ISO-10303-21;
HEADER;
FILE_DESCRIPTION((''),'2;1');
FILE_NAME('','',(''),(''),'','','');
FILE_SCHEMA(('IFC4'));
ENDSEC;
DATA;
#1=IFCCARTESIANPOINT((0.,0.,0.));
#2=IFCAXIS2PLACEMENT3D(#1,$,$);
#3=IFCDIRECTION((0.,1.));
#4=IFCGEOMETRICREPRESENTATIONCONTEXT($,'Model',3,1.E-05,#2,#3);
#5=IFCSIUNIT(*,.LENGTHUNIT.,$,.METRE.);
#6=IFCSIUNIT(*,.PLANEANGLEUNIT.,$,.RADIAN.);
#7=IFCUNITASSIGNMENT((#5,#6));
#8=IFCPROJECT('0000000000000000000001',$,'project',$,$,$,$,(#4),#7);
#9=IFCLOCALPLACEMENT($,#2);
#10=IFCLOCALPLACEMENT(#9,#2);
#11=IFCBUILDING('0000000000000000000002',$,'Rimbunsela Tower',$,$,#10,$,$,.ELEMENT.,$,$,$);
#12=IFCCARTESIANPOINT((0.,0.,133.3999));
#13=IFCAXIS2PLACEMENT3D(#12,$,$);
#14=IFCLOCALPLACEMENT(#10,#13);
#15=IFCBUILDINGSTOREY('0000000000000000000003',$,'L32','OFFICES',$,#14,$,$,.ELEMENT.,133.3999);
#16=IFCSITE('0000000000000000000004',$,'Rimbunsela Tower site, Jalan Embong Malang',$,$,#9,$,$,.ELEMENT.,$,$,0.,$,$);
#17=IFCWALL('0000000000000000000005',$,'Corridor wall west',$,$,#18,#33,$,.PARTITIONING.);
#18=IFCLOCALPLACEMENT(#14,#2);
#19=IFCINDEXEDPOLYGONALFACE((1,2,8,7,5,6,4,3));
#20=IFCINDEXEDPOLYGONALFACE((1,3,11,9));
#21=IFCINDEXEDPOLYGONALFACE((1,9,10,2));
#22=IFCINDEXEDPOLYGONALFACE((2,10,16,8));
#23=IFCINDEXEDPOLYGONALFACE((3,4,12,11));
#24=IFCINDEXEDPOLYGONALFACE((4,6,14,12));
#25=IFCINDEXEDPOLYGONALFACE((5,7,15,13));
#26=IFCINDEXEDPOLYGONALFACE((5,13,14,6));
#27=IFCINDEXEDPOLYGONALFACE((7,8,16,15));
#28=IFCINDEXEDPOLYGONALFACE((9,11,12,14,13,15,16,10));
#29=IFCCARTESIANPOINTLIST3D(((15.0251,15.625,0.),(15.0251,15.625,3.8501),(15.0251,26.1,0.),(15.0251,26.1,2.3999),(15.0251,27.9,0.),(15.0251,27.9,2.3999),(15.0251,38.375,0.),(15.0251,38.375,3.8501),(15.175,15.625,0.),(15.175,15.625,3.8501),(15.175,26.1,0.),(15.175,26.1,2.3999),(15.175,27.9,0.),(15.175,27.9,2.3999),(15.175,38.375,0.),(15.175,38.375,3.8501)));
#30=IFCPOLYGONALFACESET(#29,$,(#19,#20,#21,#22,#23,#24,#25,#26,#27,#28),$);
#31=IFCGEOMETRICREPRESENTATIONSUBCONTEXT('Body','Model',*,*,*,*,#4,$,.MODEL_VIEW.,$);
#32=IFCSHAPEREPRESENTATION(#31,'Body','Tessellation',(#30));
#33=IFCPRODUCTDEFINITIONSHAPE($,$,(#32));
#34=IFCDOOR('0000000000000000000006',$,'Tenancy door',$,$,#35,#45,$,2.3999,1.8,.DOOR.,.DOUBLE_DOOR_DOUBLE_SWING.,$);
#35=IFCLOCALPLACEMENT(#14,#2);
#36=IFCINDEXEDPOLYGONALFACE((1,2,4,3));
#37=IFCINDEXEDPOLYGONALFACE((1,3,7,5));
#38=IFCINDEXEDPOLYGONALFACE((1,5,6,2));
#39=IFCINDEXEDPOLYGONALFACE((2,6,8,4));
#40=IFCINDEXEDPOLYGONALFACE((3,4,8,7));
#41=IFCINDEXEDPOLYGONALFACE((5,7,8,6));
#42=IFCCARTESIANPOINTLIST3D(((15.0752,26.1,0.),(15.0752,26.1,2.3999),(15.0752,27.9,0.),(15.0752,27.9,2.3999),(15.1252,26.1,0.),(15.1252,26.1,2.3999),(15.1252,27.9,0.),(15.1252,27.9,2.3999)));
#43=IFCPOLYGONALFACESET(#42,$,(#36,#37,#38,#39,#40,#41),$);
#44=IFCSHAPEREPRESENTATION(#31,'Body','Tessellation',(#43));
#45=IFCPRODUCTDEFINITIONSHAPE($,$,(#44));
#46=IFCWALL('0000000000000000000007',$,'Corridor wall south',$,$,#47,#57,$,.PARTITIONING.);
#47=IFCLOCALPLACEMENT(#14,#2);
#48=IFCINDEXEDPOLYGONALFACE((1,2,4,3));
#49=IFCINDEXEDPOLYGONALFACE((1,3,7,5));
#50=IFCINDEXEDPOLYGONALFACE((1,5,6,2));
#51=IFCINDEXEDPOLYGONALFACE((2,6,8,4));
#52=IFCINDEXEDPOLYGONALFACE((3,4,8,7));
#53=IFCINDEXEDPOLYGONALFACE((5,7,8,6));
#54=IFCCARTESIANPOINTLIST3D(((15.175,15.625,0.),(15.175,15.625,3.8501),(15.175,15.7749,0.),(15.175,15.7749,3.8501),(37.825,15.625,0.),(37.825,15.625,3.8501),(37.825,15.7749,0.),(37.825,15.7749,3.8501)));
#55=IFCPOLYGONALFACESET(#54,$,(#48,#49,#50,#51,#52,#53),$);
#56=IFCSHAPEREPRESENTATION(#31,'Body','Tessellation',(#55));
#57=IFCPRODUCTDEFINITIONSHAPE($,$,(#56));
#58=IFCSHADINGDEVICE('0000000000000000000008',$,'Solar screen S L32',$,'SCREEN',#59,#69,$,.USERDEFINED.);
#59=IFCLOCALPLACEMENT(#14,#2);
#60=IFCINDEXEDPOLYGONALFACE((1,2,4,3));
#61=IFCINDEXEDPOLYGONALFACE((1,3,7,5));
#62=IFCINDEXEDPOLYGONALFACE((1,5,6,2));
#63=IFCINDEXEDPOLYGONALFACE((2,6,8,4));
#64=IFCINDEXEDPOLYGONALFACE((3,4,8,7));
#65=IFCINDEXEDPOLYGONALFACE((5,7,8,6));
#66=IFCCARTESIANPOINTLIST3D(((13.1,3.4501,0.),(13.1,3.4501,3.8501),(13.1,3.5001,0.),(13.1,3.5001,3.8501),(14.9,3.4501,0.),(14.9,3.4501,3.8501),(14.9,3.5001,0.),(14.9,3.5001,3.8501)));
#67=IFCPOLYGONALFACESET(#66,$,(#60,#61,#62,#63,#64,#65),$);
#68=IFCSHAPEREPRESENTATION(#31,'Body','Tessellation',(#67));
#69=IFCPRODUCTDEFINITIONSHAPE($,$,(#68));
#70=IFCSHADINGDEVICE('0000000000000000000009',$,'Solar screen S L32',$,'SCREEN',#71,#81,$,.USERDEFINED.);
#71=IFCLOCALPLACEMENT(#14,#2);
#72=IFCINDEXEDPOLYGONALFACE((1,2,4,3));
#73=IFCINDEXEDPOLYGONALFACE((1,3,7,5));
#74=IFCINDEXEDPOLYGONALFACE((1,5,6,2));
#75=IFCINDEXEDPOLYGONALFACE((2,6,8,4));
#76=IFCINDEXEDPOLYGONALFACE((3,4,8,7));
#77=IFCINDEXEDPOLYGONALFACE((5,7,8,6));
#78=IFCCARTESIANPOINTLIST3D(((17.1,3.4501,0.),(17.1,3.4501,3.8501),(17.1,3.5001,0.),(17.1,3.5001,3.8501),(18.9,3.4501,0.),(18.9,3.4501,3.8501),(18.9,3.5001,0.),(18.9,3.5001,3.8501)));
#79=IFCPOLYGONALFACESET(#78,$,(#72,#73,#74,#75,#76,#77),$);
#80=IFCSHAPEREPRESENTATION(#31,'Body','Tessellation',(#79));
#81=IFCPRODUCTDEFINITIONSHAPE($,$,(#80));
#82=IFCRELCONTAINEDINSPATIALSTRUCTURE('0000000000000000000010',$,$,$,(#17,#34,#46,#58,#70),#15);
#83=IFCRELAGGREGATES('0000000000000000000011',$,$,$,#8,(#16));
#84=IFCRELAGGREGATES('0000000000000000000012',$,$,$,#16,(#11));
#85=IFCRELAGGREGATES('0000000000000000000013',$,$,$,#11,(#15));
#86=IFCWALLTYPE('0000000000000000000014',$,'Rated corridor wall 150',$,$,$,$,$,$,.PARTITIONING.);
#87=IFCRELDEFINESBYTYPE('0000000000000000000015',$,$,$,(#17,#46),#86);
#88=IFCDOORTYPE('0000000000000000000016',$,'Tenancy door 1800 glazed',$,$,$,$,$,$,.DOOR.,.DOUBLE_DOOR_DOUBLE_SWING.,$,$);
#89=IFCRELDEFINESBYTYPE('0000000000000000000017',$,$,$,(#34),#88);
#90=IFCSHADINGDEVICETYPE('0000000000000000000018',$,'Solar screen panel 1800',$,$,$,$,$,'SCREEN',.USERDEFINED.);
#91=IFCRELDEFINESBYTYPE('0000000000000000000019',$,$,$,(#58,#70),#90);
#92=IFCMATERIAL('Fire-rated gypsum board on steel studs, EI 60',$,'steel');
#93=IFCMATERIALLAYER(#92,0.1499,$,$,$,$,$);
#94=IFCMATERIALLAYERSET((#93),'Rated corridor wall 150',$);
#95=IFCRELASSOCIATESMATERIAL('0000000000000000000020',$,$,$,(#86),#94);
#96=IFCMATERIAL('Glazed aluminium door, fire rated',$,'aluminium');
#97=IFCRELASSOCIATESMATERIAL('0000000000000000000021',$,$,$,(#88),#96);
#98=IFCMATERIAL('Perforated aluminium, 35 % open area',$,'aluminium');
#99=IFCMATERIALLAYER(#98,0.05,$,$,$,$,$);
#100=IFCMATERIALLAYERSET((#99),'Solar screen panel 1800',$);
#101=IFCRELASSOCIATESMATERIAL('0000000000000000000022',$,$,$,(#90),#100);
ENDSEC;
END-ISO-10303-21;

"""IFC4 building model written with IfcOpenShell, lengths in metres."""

from ifc_helpers import new_model, si_unit, direction, frame, frame_2d, origin, origin_2d, place, context, subcontext, project, spatial, rectangle, extrude, material, layer, layer_set, type_object, element, fill, save


model = new_model("IFC4")

# Units and contexts
model_context = context("Model", 3, precision=1e-05, world=origin(), true_north=direction((0.0, 1.0)))
body_context = subcontext(model_context, "Body", "Model", "MODEL_VIEW")
ifc_project = project(units=[si_unit("LENGTHUNIT", "METRE"), si_unit("PLANEANGLEUNIT", "RADIAN")], contexts=[model_context])

# Site, building, storey
site_placement = place(None, origin())
site = spatial("IfcSite", under=ifc_project, at=site_placement, Name="Rimbunsela Tower site, Jalan Embong Malang", CompositionType="ELEMENT", RefElevation=0.0)
building_placement = place(site_placement, origin())
building = spatial("IfcBuilding", under=site, at=building_placement, Name="Rimbunsela Tower", CompositionType="ELEMENT")
storey_placement = place(building_placement, frame((0.0, 0.0, 133.3999)))
storey = spatial("IfcBuildingStorey", under=building, at=storey_placement, Name="L32", Description="OFFICES", CompositionType="ELEMENT", Elevation=133.3999)

# Wall, opening, door
ifc_material_1 = material(Name="Fire-rated gypsum board on steel studs, EI 60", Category="steel")
ifc_layer_1 = layer(ifc_material_1, 0.1499)
ifc_layer_set_1 = layer_set([ifc_layer_1], Name="Rated corridor wall 150")
wall_type_1 = type_object("IfcWallType", Name="Rated corridor wall 150", PredefinedType="PARTITIONING", material=ifc_layer_set_1)
wall_1_placement = place(storey_placement, frame((15.1001, 15.625, 0.0), z_axis=(0.0, 0.0, 1.0), x_axis=(0.0, 1.0, 0.0)))
wall_1 = element("IfcWall", 1, at=wall_1_placement, inside=storey, type_object=wall_type_1, Name="Corridor wall west", PredefinedType="PARTITIONING", context=body_context, shape_type="SweptSolid", body=[
    extrude(rectangle(XDim=22.75, YDim=0.1499, at=frame_2d((11.375, 0.0))), origin(), (0.0, 0.0, 1.0), 3.8501),
])
opening_1_placement = place(wall_1_placement, frame((10.4751, 0.0, 0.0)))
opening_1 = element("IfcOpeningElement", 2, at=opening_1_placement, cuts=wall_1, PredefinedType="OPENING", context=body_context, shape_type="SweptSolid", body=[
    extrude(rectangle(XDim=1.8, YDim=2.3999, at=frame_2d((0.8999, 1.2))), frame((0.0, 0.085, 0.0), z_axis=(0.0, -1.0, 0.0), x_axis=(1.0, 0.0, 0.0)), (0.0, 0.0, 1.0), 0.1699),
])
ifc_material_2 = material(Name="Glazed aluminium door, fire rated", Category="aluminium")
door_type_1 = type_object("IfcDoorType", Name="Tenancy door 1800 glazed", OperationType="DOUBLE_DOOR_DOUBLE_SWING", PredefinedType="DOOR", material=ifc_material_2)
door_1_placement = place(opening_1_placement, origin())
door_1 = element("IfcDoor", 3, at=door_1_placement, inside=storey, type_object=door_type_1, Name="Tenancy door", OperationType="DOUBLE_DOOR_DOUBLE_SWING", OverallHeight=2.3999, OverallWidth=1.8, PredefinedType="DOOR", context=body_context, shape_type="SweptSolid", body=[
    extrude(rectangle(XDim=1.8, YDim=2.3999, at=frame_2d((0.8999, 1.2))), frame((0.0, 0.0249, 0.0), z_axis=(0.0, -1.0, 0.0), x_axis=(1.0, 0.0, 0.0)), (0.0, 0.0, 1.0), 0.05),
])
fill(opening_1, door_1)

# Wall
wall_2_placement = place(storey_placement, frame((15.175, 15.7, 0.0), z_axis=(0.0, 0.0, 1.0), x_axis=(1.0, 0.0, 0.0)))
element("IfcWall", 4, at=wall_2_placement, inside=storey, type_object=wall_type_1, Name="Corridor wall south", PredefinedType="PARTITIONING", context=body_context, shape_type="SweptSolid", body=[
    extrude(rectangle(XDim=22.6499, YDim=0.1499, at=frame_2d((11.325, 0.0))), origin(), (0.0, 0.0, 1.0), 3.8501),
])

# Shading devices
ifc_material_3 = material(Name="Perforated aluminium, 35 % open area", Category="aluminium")
ifc_layer_2 = layer(ifc_material_3, 0.05)
ifc_layer_set_2 = layer_set([ifc_layer_2], Name="Solar screen panel 1800")
shading_device_type = type_object("IfcShadingDeviceType", Name="Solar screen panel 1800", ElementType="SCREEN", PredefinedType="USERDEFINED", material=ifc_layer_set_2)
for number, where, z_axis, x_axis, name in (
    (5, (14.0, 3.4751, 0.0), (0.0, 0.0, 1.0), (1.0, 0.0, 0.0), "Solar screen S L32"),
    (6, (18.0, 3.4751, 0.0), (0.0, 0.0, 1.0), (1.0, 0.0, 0.0), "Solar screen S L32"),
):
    element("IfcShadingDevice", number, at=place(storey_placement, frame(where, z_axis=z_axis, x_axis=x_axis)), inside=storey, type_object=shading_device_type, Name=name, ObjectType="SCREEN", PredefinedType="USERDEFINED", context=body_context, shape_type="SweptSolid", body=[
        extrude(rectangle(XDim=1.8, YDim=0.05, at=origin_2d()), origin(), (0.0, 0.0, 1.0), 3.8501),
    ])

save(model, "model.ifc")
